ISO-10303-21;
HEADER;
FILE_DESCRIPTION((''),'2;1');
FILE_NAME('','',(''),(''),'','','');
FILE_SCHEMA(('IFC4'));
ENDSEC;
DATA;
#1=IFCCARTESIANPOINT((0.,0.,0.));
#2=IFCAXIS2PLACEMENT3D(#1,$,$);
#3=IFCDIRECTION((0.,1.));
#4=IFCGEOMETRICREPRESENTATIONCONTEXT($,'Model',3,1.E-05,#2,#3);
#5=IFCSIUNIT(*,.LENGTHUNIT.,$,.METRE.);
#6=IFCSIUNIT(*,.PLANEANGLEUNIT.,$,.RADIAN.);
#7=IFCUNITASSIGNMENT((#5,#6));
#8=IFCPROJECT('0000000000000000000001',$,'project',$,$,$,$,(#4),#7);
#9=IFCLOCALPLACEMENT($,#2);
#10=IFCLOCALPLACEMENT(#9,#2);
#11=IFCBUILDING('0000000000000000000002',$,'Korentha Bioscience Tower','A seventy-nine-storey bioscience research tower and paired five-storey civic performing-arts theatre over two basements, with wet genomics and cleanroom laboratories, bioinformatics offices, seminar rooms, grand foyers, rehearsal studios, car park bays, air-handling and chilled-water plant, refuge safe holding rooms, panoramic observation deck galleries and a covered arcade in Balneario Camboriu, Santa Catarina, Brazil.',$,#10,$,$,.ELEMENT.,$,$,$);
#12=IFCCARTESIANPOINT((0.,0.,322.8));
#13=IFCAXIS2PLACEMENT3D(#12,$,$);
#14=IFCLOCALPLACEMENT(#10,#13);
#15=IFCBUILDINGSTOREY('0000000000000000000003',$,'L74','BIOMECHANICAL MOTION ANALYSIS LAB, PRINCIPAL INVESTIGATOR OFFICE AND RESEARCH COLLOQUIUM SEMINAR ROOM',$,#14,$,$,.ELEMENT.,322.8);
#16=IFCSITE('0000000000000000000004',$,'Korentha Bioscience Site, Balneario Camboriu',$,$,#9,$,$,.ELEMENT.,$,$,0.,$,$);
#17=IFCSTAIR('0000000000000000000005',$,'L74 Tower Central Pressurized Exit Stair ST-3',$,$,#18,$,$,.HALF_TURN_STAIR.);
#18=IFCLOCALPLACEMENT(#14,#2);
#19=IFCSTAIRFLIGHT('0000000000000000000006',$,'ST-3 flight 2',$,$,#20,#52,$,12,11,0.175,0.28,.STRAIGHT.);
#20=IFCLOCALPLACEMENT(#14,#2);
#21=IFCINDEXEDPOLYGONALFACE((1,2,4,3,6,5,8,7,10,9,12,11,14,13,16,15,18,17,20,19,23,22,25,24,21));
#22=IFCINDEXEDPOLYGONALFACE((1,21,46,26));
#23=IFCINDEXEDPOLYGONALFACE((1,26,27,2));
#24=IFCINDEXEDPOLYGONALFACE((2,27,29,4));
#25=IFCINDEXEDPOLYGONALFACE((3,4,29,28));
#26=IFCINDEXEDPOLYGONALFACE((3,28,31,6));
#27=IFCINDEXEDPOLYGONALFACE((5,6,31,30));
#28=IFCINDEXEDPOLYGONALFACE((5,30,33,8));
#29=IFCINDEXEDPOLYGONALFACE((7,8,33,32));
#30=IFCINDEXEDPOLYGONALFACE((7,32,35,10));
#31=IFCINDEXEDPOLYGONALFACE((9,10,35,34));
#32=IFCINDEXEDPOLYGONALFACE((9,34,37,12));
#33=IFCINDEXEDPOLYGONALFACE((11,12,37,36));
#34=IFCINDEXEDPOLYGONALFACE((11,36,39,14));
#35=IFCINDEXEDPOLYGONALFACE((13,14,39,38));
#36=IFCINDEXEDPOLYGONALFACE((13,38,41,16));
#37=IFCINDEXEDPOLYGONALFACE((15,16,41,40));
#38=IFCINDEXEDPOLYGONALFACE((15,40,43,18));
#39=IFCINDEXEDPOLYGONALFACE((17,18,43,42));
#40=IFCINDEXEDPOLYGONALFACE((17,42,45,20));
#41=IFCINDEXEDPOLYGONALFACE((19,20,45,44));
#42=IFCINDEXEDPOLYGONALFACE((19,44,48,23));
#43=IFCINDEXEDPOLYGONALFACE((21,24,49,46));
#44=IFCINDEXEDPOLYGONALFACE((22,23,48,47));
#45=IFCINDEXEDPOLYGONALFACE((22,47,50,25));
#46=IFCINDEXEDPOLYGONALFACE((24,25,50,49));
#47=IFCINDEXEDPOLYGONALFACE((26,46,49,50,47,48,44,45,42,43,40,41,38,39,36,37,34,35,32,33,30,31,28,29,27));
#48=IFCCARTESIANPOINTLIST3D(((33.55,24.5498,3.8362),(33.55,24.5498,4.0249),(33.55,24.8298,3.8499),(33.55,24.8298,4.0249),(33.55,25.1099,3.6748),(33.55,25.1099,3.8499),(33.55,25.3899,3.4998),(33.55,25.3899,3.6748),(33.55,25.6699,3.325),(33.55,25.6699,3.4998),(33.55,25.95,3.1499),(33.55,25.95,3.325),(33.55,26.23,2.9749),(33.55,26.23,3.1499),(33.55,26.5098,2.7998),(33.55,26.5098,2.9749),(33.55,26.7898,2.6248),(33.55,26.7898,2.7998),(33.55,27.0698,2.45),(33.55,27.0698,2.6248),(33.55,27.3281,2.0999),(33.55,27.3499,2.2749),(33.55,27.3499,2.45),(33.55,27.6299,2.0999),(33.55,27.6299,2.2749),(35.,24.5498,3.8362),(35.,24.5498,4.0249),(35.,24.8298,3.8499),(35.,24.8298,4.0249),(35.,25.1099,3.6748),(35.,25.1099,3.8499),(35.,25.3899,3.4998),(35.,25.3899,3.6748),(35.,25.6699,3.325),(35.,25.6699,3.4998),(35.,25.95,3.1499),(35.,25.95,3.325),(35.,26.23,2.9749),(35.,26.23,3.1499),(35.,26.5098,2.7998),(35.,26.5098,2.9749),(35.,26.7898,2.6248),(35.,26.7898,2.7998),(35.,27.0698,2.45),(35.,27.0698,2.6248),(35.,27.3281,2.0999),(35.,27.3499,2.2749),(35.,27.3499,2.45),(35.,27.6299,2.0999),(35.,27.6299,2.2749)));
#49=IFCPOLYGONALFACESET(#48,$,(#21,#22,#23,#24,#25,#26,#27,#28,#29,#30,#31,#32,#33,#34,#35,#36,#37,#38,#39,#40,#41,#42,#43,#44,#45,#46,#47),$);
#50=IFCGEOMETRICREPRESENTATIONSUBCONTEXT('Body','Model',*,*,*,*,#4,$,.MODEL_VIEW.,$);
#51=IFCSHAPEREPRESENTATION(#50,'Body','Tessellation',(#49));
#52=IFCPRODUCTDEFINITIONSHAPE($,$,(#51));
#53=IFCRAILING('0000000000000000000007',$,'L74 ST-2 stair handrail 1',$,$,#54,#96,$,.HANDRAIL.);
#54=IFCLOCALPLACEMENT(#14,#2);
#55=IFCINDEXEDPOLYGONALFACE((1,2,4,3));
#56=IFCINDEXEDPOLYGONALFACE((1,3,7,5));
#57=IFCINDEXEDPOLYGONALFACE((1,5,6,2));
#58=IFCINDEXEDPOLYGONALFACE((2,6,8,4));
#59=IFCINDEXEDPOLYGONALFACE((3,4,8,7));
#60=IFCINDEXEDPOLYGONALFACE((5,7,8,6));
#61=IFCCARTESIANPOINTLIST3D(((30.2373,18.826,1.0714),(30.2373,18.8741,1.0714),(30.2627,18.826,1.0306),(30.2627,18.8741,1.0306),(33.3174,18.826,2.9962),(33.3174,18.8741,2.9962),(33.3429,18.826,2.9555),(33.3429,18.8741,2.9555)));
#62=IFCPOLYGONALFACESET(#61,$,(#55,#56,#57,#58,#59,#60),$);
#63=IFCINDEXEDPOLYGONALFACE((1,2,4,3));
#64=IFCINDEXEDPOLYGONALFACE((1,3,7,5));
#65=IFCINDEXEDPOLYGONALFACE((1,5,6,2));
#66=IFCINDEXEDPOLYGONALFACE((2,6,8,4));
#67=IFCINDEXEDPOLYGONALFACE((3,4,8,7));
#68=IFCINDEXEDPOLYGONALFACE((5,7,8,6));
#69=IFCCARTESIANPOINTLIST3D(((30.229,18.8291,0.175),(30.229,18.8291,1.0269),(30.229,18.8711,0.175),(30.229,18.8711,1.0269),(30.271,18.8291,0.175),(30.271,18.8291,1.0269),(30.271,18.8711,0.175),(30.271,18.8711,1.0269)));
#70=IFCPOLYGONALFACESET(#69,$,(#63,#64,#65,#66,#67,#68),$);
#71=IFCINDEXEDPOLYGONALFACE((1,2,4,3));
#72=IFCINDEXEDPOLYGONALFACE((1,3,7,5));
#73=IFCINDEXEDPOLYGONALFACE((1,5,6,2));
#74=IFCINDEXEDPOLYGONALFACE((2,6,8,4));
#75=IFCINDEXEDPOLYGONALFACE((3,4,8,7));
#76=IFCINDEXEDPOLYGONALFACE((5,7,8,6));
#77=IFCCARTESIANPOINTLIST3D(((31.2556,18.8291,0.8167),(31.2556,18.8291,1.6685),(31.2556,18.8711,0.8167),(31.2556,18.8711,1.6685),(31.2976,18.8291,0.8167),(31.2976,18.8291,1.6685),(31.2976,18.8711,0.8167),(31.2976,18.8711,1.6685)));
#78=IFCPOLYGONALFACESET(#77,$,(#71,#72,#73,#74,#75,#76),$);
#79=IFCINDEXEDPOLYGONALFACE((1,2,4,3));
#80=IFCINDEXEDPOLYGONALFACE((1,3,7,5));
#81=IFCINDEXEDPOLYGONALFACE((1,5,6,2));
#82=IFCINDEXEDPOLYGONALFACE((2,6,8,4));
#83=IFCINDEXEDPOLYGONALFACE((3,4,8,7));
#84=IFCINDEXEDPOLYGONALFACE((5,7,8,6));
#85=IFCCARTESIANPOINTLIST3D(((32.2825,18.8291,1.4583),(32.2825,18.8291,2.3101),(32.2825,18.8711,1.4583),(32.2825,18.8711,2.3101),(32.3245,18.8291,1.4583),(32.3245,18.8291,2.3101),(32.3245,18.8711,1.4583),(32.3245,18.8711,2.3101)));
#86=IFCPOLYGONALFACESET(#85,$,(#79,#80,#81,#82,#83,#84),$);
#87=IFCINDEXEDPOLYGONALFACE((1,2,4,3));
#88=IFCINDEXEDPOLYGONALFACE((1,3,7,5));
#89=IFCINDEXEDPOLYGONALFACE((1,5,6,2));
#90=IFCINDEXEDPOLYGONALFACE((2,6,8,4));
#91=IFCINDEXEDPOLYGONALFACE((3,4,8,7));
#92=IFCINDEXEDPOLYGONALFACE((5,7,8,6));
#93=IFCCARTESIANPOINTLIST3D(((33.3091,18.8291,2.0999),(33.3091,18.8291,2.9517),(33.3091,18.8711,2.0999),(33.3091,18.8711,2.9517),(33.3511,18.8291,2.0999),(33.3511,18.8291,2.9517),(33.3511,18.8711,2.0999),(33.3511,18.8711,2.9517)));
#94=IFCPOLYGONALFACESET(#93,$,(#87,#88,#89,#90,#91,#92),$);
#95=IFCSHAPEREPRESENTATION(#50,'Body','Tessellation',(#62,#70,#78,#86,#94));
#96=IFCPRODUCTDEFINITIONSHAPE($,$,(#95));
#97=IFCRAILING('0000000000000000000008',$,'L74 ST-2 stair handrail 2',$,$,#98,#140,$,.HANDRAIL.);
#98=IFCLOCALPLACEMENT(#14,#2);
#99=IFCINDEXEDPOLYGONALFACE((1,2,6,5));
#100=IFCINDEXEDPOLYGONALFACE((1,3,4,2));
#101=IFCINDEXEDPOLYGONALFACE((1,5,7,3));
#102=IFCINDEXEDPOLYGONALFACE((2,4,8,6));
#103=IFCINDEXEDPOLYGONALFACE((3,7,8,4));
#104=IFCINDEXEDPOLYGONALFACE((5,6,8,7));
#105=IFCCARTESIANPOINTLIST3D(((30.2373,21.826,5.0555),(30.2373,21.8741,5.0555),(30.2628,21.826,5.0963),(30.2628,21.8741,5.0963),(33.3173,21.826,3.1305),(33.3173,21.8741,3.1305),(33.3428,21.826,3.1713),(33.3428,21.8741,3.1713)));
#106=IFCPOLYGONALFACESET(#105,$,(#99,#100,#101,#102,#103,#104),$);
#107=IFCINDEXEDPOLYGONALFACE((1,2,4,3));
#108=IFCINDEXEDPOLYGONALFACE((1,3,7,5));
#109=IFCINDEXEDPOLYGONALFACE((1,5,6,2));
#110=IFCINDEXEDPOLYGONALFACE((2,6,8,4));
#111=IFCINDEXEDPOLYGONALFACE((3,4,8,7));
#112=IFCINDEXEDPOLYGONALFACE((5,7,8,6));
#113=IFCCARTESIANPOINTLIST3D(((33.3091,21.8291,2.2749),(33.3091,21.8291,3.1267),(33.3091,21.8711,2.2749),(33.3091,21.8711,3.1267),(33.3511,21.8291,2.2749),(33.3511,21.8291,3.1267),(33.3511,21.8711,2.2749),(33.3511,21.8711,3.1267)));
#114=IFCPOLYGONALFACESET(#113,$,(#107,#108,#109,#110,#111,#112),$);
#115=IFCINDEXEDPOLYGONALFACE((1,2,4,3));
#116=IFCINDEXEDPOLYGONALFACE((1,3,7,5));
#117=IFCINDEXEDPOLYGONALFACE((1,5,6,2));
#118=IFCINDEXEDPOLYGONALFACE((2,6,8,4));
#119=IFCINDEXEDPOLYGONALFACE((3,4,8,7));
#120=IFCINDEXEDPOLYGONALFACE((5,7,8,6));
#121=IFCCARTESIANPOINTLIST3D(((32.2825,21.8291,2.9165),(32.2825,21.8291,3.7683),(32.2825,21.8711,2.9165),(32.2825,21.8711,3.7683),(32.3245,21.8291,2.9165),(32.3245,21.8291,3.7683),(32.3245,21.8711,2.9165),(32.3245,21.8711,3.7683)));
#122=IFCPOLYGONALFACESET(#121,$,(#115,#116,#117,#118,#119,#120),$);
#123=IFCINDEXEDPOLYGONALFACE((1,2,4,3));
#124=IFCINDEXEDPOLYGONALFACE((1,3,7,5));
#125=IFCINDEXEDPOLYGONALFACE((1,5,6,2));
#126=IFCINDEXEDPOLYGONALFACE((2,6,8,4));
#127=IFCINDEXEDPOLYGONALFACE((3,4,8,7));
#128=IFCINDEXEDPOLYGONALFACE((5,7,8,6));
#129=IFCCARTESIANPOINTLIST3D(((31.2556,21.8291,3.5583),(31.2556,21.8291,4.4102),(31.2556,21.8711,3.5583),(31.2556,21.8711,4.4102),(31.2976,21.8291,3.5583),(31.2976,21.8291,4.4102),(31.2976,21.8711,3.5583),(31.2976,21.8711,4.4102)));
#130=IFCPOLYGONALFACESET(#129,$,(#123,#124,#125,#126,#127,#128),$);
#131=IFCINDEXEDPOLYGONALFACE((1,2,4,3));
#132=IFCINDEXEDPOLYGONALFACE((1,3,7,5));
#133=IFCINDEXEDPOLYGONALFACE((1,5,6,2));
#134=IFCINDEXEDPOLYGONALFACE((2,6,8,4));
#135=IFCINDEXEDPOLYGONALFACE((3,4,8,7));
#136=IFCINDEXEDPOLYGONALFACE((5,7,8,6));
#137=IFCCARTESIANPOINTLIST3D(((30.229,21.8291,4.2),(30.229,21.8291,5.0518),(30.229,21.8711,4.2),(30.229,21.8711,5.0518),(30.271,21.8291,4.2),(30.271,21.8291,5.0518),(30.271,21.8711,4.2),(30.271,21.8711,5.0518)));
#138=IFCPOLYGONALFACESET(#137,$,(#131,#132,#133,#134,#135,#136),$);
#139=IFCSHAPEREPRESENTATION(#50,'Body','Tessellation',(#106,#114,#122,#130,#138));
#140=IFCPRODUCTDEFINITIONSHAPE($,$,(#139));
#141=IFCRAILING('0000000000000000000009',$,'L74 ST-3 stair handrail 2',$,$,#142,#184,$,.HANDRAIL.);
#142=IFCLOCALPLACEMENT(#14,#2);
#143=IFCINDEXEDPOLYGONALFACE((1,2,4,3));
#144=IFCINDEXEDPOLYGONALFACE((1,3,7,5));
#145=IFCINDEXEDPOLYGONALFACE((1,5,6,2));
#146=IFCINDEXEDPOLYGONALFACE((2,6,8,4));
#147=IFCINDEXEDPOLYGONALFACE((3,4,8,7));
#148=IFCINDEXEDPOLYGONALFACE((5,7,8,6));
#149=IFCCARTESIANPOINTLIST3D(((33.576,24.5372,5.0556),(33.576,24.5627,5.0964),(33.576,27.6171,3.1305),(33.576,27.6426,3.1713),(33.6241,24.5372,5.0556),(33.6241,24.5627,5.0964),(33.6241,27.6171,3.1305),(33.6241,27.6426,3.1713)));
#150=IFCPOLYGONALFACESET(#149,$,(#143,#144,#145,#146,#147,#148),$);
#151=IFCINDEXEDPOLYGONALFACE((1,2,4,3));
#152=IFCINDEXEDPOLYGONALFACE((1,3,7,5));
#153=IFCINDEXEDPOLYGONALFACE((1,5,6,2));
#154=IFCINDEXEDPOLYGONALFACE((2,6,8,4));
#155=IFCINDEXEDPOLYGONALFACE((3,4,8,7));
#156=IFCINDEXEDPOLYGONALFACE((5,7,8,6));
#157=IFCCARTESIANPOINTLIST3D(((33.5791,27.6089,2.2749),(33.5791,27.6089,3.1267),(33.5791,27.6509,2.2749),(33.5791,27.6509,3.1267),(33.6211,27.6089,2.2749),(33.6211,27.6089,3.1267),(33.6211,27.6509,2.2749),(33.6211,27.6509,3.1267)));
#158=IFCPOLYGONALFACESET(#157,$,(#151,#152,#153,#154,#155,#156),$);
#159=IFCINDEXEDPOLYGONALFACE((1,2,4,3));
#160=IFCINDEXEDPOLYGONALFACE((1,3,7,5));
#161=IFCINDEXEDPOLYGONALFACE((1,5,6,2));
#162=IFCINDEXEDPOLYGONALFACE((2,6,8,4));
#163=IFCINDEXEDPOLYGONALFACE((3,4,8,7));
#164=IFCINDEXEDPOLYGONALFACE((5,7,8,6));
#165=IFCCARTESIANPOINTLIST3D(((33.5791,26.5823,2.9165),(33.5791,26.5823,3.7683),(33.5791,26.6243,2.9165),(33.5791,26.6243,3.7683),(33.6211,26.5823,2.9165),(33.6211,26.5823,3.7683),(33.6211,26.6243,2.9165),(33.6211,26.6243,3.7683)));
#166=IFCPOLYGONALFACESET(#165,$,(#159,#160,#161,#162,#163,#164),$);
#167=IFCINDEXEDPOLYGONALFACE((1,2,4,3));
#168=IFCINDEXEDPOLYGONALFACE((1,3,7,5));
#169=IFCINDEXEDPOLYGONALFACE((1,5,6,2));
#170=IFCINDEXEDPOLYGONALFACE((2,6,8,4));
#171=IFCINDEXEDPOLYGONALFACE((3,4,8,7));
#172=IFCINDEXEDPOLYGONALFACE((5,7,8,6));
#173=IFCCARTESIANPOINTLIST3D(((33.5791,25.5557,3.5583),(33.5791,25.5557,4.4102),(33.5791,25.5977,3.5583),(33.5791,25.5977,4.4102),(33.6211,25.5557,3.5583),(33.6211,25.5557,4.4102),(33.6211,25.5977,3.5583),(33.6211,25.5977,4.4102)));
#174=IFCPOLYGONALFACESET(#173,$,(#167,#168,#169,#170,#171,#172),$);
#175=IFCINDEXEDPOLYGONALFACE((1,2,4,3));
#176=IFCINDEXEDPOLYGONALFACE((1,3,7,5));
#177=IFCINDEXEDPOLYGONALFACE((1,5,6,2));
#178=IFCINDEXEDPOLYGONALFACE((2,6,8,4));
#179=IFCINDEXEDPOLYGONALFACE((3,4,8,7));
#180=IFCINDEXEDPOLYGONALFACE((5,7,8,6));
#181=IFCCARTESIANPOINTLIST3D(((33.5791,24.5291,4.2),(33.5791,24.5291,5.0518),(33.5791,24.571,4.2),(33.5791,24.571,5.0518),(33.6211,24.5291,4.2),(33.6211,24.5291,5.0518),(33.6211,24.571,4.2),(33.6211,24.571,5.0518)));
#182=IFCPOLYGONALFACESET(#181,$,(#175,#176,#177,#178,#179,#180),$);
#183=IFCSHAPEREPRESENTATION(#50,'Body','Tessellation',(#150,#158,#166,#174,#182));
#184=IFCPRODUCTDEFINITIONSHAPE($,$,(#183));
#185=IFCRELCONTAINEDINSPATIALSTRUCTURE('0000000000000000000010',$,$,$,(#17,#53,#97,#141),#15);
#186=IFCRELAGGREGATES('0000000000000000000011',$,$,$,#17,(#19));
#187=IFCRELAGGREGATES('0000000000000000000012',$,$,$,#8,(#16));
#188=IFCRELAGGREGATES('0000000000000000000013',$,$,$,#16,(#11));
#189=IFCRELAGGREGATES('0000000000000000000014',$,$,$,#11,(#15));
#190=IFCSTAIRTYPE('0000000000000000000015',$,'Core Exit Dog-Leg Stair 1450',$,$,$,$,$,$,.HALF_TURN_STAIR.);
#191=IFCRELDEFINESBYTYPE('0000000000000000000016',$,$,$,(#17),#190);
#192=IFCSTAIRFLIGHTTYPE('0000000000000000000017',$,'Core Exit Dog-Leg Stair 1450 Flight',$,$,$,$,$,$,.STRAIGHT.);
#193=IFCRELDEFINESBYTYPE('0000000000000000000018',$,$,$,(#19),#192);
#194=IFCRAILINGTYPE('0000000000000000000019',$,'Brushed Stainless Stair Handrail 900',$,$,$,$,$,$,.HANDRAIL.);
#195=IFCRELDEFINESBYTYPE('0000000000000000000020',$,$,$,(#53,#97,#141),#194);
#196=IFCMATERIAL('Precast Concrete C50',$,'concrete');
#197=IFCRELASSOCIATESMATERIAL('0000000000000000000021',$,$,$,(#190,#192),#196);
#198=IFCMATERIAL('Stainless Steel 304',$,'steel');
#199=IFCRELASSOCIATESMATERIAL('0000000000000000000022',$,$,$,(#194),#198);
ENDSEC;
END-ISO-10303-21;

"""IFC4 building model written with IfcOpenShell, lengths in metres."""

from ifc_helpers import new_model, si_unit, direction, frame, origin, origin_2d, place, context, subcontext, project, spatial, polyline, rectangle, outline, extrude, material, type_object, element, aggregate, save


model = new_model("IFC4")

# Units and contexts
model_context = context("Model", 3, precision=1e-05, world=origin(), true_north=direction((0.0, 1.0)))
body_context = subcontext(model_context, "Body", "Model", "MODEL_VIEW")
ifc_project = project(units=[si_unit("LENGTHUNIT", "METRE"), si_unit("PLANEANGLEUNIT", "RADIAN")], contexts=[model_context])

# Site, building, storey
site_placement = place(None, origin())
site = spatial("IfcSite", under=ifc_project, at=site_placement, Name="Korentha Bioscience Site, Balneario Camboriu", CompositionType="ELEMENT", RefElevation=0.0)
building_placement = place(site_placement, origin())
building = spatial("IfcBuilding", under=site, at=building_placement, Name="Korentha Bioscience Tower", Description="A seventy-nine-storey bioscience research tower and paired five-storey civic performing-arts theatre over two basements, with wet genomics and cleanroom laboratories, bioinformatics offices, seminar rooms, grand foyers, rehearsal studios, car park bays, air-handling and chilled-water plant, refuge safe holding rooms, panoramic observation deck galleries and a covered arcade in Balneario Camboriu, Santa Catarina, Brazil.", CompositionType="ELEMENT")
storey_placement = place(building_placement, frame((0.0, 0.0, 322.8)))
storey = spatial("IfcBuildingStorey", under=building, at=storey_placement, Name="L74", Description="BIOMECHANICAL MOTION ANALYSIS LAB, PRINCIPAL INVESTIGATOR OFFICE AND RESEARCH COLLOQUIUM SEMINAR ROOM", CompositionType="ELEMENT", Elevation=322.8)

# Shared definitions
ifc_material_1 = material(Name="Precast Concrete C50", Category="concrete")
stair_type = type_object("IfcStairType", Name="Core Exit Dog-Leg Stair 1450", PredefinedType="HALF_TURN_STAIR", material=ifc_material_1)
stair_flight_type = type_object("IfcStairFlightType", Name="Core Exit Dog-Leg Stair 1450 Flight", PredefinedType="STRAIGHT", material=ifc_material_1)

# Stair, stair flight
stair_1_placement = place(storey_placement, origin())
stair_1 = element("IfcStair", 1, at=stair_1_placement, inside=storey, type_object=stair_type, Name="L74 Tower Central Pressurized Exit Stair ST-3", PredefinedType="HALF_TURN_STAIR")
stair_flight_1_placement = place(storey_placement, frame((34.2749, 27.6299, 2.0999), z_axis=(0.0, 0.0, 1.0), x_axis=(0.0, -1.0, 0.0)))
stair_flight_1 = element("IfcStairFlight", 2, at=stair_flight_1_placement, type_object=stair_flight_type, Name="ST-3 flight 2", NumberOfRisers=12, NumberOfTreads=11, PredefinedType="STRAIGHT", RiserHeight=0.175, TreadLength=0.28, context=body_context, shape_type="SweptSolid", body=[
    extrude(outline(polyline([(0.0, 0.0), (0.0, 0.175), (0.28, 0.175), (0.28, 0.3501), (0.5601, 0.3501), (0.5601, 0.5249), (0.8401, 0.5249), (0.8401, 0.7), (1.1201, 0.7), (1.1201, 0.875), (1.3999, 0.875), (1.3999, 1.05), (1.6799, 1.05), (1.6799, 1.2251), (1.96, 1.2251), (1.96, 1.3999), (2.24, 1.3999), (2.24, 1.575), (2.52, 1.575), (2.52, 1.75), (2.8, 1.75), (2.8, 1.925), (3.0801, 1.925), (3.0801, 2.1001), (3.0801, 1.7363), (0.3018, 0.0), (0.0, 0.0)])), frame((0.0, 0.7251, 0.0), z_axis=(0.0, -1.0, 0.0), x_axis=(1.0, 0.0, 0.0)), (0.0, 0.0, 1.0), 1.45),
])
aggregate(stair_1, [stair_flight_1])

# Railings
ifc_material_2 = material(Name="Stainless Steel 304", Category="steel")
railing_type_1 = type_object("IfcRailingType", Name="Brushed Stainless Stair Handrail 900", PredefinedType="HANDRAIL", material=ifc_material_2)
railing_1_placement = place(storey_placement, frame((30.25, 18.8501, 0.175)))
element("IfcRailing", 3, at=railing_1_placement, inside=storey, type_object=railing_type_1, Name="L74 ST-2 stair handrail 1", PredefinedType="HANDRAIL", context=body_context, shape_type="SweptSolid", body=[
    extrude(rectangle(XDim=0.0481, YDim=0.0481, at=origin_2d()), frame((0.0, 0.0, 0.876), z_axis=(0.848029, 0.0, 0.529951), x_axis=(0.0, 1.0, 0.0)), (0.0, 0.0, 1.0), 3.6321),
    extrude(rectangle(XDim=0.042, YDim=0.042, at=origin_2d()), origin(), (0.0, 0.0, 1.0), 0.8518),
    extrude(rectangle(XDim=0.042, YDim=0.042, at=origin_2d()), frame((1.0266, 0.0, 0.6416)), (0.0, 0.0, 1.0), 0.8518),
    extrude(rectangle(XDim=0.042, YDim=0.042, at=origin_2d()), frame((2.0535, 0.0, 1.2832)), (0.0, 0.0, 1.0), 0.8518),
    extrude(rectangle(XDim=0.042, YDim=0.042, at=origin_2d()), frame((3.0801, 0.0, 1.9248)), (0.0, 0.0, 1.0), 0.8518),
])
railing_2_placement = place(storey_placement, frame((33.3301, 21.8501, 2.2749)))
element("IfcRailing", 4, at=railing_2_placement, inside=storey, type_object=railing_type_1, Name="L74 ST-2 stair handrail 2", PredefinedType="HANDRAIL", context=body_context, shape_type="SweptSolid", body=[
    extrude(rectangle(XDim=0.0481, YDim=0.0481, at=origin_2d()), frame((0.0, 0.0, 0.876), z_axis=(-0.847998, 0.0, 0.529999), x_axis=(0.0, -1.0, 0.0)), (0.0, 0.0, 1.0), 3.6321),
    extrude(rectangle(XDim=0.042, YDim=0.042, at=origin_2d()), origin(), (0.0, 0.0, 1.0), 0.8518),
    extrude(rectangle(XDim=0.042, YDim=0.042, at=origin_2d()), frame((-1.0266, 0.0, 0.6416)), (0.0, 0.0, 1.0), 0.8518),
    extrude(rectangle(XDim=0.042, YDim=0.042, at=origin_2d()), frame((-2.0535, 0.0, 1.2834)), (0.0, 0.0, 1.0), 0.8518),
    extrude(rectangle(XDim=0.042, YDim=0.042, at=origin_2d()), frame((-3.0801, 0.0, 1.925)), (0.0, 0.0, 1.0), 0.8518),
])
railing_3_placement = place(storey_placement, frame((33.6001, 27.6299, 2.2749)))
element("IfcRailing", 5, at=railing_3_placement, inside=storey, type_object=railing_type_1, Name="L74 ST-3 stair handrail 2", PredefinedType="HANDRAIL", context=body_context, shape_type="SweptSolid", body=[
    extrude(rectangle(XDim=0.0481, YDim=0.0481, at=origin_2d()), frame((0.0, 0.0, 0.876), z_axis=(0.0, -0.847979, 0.530029), x_axis=(1.0, 0.0, 0.0)), (0.0, 0.0, 1.0), 3.6321),
    extrude(rectangle(XDim=0.042, YDim=0.042, at=origin_2d()), origin(), (0.0, 0.0, 1.0), 0.8518),
    extrude(rectangle(XDim=0.042, YDim=0.042, at=origin_2d()), frame((0.0, -1.0266, 0.6416)), (0.0, 0.0, 1.0), 0.8518),
    extrude(rectangle(XDim=0.042, YDim=0.042, at=origin_2d()), frame((0.0, -2.0532, 1.2834)), (0.0, 0.0, 1.0), 0.8518),
    extrude(rectangle(XDim=0.042, YDim=0.042, at=origin_2d()), frame((0.0, -3.0798, 1.925)), (0.0, 0.0, 1.0), 0.8518),
])

save(model, "model.ifc")
